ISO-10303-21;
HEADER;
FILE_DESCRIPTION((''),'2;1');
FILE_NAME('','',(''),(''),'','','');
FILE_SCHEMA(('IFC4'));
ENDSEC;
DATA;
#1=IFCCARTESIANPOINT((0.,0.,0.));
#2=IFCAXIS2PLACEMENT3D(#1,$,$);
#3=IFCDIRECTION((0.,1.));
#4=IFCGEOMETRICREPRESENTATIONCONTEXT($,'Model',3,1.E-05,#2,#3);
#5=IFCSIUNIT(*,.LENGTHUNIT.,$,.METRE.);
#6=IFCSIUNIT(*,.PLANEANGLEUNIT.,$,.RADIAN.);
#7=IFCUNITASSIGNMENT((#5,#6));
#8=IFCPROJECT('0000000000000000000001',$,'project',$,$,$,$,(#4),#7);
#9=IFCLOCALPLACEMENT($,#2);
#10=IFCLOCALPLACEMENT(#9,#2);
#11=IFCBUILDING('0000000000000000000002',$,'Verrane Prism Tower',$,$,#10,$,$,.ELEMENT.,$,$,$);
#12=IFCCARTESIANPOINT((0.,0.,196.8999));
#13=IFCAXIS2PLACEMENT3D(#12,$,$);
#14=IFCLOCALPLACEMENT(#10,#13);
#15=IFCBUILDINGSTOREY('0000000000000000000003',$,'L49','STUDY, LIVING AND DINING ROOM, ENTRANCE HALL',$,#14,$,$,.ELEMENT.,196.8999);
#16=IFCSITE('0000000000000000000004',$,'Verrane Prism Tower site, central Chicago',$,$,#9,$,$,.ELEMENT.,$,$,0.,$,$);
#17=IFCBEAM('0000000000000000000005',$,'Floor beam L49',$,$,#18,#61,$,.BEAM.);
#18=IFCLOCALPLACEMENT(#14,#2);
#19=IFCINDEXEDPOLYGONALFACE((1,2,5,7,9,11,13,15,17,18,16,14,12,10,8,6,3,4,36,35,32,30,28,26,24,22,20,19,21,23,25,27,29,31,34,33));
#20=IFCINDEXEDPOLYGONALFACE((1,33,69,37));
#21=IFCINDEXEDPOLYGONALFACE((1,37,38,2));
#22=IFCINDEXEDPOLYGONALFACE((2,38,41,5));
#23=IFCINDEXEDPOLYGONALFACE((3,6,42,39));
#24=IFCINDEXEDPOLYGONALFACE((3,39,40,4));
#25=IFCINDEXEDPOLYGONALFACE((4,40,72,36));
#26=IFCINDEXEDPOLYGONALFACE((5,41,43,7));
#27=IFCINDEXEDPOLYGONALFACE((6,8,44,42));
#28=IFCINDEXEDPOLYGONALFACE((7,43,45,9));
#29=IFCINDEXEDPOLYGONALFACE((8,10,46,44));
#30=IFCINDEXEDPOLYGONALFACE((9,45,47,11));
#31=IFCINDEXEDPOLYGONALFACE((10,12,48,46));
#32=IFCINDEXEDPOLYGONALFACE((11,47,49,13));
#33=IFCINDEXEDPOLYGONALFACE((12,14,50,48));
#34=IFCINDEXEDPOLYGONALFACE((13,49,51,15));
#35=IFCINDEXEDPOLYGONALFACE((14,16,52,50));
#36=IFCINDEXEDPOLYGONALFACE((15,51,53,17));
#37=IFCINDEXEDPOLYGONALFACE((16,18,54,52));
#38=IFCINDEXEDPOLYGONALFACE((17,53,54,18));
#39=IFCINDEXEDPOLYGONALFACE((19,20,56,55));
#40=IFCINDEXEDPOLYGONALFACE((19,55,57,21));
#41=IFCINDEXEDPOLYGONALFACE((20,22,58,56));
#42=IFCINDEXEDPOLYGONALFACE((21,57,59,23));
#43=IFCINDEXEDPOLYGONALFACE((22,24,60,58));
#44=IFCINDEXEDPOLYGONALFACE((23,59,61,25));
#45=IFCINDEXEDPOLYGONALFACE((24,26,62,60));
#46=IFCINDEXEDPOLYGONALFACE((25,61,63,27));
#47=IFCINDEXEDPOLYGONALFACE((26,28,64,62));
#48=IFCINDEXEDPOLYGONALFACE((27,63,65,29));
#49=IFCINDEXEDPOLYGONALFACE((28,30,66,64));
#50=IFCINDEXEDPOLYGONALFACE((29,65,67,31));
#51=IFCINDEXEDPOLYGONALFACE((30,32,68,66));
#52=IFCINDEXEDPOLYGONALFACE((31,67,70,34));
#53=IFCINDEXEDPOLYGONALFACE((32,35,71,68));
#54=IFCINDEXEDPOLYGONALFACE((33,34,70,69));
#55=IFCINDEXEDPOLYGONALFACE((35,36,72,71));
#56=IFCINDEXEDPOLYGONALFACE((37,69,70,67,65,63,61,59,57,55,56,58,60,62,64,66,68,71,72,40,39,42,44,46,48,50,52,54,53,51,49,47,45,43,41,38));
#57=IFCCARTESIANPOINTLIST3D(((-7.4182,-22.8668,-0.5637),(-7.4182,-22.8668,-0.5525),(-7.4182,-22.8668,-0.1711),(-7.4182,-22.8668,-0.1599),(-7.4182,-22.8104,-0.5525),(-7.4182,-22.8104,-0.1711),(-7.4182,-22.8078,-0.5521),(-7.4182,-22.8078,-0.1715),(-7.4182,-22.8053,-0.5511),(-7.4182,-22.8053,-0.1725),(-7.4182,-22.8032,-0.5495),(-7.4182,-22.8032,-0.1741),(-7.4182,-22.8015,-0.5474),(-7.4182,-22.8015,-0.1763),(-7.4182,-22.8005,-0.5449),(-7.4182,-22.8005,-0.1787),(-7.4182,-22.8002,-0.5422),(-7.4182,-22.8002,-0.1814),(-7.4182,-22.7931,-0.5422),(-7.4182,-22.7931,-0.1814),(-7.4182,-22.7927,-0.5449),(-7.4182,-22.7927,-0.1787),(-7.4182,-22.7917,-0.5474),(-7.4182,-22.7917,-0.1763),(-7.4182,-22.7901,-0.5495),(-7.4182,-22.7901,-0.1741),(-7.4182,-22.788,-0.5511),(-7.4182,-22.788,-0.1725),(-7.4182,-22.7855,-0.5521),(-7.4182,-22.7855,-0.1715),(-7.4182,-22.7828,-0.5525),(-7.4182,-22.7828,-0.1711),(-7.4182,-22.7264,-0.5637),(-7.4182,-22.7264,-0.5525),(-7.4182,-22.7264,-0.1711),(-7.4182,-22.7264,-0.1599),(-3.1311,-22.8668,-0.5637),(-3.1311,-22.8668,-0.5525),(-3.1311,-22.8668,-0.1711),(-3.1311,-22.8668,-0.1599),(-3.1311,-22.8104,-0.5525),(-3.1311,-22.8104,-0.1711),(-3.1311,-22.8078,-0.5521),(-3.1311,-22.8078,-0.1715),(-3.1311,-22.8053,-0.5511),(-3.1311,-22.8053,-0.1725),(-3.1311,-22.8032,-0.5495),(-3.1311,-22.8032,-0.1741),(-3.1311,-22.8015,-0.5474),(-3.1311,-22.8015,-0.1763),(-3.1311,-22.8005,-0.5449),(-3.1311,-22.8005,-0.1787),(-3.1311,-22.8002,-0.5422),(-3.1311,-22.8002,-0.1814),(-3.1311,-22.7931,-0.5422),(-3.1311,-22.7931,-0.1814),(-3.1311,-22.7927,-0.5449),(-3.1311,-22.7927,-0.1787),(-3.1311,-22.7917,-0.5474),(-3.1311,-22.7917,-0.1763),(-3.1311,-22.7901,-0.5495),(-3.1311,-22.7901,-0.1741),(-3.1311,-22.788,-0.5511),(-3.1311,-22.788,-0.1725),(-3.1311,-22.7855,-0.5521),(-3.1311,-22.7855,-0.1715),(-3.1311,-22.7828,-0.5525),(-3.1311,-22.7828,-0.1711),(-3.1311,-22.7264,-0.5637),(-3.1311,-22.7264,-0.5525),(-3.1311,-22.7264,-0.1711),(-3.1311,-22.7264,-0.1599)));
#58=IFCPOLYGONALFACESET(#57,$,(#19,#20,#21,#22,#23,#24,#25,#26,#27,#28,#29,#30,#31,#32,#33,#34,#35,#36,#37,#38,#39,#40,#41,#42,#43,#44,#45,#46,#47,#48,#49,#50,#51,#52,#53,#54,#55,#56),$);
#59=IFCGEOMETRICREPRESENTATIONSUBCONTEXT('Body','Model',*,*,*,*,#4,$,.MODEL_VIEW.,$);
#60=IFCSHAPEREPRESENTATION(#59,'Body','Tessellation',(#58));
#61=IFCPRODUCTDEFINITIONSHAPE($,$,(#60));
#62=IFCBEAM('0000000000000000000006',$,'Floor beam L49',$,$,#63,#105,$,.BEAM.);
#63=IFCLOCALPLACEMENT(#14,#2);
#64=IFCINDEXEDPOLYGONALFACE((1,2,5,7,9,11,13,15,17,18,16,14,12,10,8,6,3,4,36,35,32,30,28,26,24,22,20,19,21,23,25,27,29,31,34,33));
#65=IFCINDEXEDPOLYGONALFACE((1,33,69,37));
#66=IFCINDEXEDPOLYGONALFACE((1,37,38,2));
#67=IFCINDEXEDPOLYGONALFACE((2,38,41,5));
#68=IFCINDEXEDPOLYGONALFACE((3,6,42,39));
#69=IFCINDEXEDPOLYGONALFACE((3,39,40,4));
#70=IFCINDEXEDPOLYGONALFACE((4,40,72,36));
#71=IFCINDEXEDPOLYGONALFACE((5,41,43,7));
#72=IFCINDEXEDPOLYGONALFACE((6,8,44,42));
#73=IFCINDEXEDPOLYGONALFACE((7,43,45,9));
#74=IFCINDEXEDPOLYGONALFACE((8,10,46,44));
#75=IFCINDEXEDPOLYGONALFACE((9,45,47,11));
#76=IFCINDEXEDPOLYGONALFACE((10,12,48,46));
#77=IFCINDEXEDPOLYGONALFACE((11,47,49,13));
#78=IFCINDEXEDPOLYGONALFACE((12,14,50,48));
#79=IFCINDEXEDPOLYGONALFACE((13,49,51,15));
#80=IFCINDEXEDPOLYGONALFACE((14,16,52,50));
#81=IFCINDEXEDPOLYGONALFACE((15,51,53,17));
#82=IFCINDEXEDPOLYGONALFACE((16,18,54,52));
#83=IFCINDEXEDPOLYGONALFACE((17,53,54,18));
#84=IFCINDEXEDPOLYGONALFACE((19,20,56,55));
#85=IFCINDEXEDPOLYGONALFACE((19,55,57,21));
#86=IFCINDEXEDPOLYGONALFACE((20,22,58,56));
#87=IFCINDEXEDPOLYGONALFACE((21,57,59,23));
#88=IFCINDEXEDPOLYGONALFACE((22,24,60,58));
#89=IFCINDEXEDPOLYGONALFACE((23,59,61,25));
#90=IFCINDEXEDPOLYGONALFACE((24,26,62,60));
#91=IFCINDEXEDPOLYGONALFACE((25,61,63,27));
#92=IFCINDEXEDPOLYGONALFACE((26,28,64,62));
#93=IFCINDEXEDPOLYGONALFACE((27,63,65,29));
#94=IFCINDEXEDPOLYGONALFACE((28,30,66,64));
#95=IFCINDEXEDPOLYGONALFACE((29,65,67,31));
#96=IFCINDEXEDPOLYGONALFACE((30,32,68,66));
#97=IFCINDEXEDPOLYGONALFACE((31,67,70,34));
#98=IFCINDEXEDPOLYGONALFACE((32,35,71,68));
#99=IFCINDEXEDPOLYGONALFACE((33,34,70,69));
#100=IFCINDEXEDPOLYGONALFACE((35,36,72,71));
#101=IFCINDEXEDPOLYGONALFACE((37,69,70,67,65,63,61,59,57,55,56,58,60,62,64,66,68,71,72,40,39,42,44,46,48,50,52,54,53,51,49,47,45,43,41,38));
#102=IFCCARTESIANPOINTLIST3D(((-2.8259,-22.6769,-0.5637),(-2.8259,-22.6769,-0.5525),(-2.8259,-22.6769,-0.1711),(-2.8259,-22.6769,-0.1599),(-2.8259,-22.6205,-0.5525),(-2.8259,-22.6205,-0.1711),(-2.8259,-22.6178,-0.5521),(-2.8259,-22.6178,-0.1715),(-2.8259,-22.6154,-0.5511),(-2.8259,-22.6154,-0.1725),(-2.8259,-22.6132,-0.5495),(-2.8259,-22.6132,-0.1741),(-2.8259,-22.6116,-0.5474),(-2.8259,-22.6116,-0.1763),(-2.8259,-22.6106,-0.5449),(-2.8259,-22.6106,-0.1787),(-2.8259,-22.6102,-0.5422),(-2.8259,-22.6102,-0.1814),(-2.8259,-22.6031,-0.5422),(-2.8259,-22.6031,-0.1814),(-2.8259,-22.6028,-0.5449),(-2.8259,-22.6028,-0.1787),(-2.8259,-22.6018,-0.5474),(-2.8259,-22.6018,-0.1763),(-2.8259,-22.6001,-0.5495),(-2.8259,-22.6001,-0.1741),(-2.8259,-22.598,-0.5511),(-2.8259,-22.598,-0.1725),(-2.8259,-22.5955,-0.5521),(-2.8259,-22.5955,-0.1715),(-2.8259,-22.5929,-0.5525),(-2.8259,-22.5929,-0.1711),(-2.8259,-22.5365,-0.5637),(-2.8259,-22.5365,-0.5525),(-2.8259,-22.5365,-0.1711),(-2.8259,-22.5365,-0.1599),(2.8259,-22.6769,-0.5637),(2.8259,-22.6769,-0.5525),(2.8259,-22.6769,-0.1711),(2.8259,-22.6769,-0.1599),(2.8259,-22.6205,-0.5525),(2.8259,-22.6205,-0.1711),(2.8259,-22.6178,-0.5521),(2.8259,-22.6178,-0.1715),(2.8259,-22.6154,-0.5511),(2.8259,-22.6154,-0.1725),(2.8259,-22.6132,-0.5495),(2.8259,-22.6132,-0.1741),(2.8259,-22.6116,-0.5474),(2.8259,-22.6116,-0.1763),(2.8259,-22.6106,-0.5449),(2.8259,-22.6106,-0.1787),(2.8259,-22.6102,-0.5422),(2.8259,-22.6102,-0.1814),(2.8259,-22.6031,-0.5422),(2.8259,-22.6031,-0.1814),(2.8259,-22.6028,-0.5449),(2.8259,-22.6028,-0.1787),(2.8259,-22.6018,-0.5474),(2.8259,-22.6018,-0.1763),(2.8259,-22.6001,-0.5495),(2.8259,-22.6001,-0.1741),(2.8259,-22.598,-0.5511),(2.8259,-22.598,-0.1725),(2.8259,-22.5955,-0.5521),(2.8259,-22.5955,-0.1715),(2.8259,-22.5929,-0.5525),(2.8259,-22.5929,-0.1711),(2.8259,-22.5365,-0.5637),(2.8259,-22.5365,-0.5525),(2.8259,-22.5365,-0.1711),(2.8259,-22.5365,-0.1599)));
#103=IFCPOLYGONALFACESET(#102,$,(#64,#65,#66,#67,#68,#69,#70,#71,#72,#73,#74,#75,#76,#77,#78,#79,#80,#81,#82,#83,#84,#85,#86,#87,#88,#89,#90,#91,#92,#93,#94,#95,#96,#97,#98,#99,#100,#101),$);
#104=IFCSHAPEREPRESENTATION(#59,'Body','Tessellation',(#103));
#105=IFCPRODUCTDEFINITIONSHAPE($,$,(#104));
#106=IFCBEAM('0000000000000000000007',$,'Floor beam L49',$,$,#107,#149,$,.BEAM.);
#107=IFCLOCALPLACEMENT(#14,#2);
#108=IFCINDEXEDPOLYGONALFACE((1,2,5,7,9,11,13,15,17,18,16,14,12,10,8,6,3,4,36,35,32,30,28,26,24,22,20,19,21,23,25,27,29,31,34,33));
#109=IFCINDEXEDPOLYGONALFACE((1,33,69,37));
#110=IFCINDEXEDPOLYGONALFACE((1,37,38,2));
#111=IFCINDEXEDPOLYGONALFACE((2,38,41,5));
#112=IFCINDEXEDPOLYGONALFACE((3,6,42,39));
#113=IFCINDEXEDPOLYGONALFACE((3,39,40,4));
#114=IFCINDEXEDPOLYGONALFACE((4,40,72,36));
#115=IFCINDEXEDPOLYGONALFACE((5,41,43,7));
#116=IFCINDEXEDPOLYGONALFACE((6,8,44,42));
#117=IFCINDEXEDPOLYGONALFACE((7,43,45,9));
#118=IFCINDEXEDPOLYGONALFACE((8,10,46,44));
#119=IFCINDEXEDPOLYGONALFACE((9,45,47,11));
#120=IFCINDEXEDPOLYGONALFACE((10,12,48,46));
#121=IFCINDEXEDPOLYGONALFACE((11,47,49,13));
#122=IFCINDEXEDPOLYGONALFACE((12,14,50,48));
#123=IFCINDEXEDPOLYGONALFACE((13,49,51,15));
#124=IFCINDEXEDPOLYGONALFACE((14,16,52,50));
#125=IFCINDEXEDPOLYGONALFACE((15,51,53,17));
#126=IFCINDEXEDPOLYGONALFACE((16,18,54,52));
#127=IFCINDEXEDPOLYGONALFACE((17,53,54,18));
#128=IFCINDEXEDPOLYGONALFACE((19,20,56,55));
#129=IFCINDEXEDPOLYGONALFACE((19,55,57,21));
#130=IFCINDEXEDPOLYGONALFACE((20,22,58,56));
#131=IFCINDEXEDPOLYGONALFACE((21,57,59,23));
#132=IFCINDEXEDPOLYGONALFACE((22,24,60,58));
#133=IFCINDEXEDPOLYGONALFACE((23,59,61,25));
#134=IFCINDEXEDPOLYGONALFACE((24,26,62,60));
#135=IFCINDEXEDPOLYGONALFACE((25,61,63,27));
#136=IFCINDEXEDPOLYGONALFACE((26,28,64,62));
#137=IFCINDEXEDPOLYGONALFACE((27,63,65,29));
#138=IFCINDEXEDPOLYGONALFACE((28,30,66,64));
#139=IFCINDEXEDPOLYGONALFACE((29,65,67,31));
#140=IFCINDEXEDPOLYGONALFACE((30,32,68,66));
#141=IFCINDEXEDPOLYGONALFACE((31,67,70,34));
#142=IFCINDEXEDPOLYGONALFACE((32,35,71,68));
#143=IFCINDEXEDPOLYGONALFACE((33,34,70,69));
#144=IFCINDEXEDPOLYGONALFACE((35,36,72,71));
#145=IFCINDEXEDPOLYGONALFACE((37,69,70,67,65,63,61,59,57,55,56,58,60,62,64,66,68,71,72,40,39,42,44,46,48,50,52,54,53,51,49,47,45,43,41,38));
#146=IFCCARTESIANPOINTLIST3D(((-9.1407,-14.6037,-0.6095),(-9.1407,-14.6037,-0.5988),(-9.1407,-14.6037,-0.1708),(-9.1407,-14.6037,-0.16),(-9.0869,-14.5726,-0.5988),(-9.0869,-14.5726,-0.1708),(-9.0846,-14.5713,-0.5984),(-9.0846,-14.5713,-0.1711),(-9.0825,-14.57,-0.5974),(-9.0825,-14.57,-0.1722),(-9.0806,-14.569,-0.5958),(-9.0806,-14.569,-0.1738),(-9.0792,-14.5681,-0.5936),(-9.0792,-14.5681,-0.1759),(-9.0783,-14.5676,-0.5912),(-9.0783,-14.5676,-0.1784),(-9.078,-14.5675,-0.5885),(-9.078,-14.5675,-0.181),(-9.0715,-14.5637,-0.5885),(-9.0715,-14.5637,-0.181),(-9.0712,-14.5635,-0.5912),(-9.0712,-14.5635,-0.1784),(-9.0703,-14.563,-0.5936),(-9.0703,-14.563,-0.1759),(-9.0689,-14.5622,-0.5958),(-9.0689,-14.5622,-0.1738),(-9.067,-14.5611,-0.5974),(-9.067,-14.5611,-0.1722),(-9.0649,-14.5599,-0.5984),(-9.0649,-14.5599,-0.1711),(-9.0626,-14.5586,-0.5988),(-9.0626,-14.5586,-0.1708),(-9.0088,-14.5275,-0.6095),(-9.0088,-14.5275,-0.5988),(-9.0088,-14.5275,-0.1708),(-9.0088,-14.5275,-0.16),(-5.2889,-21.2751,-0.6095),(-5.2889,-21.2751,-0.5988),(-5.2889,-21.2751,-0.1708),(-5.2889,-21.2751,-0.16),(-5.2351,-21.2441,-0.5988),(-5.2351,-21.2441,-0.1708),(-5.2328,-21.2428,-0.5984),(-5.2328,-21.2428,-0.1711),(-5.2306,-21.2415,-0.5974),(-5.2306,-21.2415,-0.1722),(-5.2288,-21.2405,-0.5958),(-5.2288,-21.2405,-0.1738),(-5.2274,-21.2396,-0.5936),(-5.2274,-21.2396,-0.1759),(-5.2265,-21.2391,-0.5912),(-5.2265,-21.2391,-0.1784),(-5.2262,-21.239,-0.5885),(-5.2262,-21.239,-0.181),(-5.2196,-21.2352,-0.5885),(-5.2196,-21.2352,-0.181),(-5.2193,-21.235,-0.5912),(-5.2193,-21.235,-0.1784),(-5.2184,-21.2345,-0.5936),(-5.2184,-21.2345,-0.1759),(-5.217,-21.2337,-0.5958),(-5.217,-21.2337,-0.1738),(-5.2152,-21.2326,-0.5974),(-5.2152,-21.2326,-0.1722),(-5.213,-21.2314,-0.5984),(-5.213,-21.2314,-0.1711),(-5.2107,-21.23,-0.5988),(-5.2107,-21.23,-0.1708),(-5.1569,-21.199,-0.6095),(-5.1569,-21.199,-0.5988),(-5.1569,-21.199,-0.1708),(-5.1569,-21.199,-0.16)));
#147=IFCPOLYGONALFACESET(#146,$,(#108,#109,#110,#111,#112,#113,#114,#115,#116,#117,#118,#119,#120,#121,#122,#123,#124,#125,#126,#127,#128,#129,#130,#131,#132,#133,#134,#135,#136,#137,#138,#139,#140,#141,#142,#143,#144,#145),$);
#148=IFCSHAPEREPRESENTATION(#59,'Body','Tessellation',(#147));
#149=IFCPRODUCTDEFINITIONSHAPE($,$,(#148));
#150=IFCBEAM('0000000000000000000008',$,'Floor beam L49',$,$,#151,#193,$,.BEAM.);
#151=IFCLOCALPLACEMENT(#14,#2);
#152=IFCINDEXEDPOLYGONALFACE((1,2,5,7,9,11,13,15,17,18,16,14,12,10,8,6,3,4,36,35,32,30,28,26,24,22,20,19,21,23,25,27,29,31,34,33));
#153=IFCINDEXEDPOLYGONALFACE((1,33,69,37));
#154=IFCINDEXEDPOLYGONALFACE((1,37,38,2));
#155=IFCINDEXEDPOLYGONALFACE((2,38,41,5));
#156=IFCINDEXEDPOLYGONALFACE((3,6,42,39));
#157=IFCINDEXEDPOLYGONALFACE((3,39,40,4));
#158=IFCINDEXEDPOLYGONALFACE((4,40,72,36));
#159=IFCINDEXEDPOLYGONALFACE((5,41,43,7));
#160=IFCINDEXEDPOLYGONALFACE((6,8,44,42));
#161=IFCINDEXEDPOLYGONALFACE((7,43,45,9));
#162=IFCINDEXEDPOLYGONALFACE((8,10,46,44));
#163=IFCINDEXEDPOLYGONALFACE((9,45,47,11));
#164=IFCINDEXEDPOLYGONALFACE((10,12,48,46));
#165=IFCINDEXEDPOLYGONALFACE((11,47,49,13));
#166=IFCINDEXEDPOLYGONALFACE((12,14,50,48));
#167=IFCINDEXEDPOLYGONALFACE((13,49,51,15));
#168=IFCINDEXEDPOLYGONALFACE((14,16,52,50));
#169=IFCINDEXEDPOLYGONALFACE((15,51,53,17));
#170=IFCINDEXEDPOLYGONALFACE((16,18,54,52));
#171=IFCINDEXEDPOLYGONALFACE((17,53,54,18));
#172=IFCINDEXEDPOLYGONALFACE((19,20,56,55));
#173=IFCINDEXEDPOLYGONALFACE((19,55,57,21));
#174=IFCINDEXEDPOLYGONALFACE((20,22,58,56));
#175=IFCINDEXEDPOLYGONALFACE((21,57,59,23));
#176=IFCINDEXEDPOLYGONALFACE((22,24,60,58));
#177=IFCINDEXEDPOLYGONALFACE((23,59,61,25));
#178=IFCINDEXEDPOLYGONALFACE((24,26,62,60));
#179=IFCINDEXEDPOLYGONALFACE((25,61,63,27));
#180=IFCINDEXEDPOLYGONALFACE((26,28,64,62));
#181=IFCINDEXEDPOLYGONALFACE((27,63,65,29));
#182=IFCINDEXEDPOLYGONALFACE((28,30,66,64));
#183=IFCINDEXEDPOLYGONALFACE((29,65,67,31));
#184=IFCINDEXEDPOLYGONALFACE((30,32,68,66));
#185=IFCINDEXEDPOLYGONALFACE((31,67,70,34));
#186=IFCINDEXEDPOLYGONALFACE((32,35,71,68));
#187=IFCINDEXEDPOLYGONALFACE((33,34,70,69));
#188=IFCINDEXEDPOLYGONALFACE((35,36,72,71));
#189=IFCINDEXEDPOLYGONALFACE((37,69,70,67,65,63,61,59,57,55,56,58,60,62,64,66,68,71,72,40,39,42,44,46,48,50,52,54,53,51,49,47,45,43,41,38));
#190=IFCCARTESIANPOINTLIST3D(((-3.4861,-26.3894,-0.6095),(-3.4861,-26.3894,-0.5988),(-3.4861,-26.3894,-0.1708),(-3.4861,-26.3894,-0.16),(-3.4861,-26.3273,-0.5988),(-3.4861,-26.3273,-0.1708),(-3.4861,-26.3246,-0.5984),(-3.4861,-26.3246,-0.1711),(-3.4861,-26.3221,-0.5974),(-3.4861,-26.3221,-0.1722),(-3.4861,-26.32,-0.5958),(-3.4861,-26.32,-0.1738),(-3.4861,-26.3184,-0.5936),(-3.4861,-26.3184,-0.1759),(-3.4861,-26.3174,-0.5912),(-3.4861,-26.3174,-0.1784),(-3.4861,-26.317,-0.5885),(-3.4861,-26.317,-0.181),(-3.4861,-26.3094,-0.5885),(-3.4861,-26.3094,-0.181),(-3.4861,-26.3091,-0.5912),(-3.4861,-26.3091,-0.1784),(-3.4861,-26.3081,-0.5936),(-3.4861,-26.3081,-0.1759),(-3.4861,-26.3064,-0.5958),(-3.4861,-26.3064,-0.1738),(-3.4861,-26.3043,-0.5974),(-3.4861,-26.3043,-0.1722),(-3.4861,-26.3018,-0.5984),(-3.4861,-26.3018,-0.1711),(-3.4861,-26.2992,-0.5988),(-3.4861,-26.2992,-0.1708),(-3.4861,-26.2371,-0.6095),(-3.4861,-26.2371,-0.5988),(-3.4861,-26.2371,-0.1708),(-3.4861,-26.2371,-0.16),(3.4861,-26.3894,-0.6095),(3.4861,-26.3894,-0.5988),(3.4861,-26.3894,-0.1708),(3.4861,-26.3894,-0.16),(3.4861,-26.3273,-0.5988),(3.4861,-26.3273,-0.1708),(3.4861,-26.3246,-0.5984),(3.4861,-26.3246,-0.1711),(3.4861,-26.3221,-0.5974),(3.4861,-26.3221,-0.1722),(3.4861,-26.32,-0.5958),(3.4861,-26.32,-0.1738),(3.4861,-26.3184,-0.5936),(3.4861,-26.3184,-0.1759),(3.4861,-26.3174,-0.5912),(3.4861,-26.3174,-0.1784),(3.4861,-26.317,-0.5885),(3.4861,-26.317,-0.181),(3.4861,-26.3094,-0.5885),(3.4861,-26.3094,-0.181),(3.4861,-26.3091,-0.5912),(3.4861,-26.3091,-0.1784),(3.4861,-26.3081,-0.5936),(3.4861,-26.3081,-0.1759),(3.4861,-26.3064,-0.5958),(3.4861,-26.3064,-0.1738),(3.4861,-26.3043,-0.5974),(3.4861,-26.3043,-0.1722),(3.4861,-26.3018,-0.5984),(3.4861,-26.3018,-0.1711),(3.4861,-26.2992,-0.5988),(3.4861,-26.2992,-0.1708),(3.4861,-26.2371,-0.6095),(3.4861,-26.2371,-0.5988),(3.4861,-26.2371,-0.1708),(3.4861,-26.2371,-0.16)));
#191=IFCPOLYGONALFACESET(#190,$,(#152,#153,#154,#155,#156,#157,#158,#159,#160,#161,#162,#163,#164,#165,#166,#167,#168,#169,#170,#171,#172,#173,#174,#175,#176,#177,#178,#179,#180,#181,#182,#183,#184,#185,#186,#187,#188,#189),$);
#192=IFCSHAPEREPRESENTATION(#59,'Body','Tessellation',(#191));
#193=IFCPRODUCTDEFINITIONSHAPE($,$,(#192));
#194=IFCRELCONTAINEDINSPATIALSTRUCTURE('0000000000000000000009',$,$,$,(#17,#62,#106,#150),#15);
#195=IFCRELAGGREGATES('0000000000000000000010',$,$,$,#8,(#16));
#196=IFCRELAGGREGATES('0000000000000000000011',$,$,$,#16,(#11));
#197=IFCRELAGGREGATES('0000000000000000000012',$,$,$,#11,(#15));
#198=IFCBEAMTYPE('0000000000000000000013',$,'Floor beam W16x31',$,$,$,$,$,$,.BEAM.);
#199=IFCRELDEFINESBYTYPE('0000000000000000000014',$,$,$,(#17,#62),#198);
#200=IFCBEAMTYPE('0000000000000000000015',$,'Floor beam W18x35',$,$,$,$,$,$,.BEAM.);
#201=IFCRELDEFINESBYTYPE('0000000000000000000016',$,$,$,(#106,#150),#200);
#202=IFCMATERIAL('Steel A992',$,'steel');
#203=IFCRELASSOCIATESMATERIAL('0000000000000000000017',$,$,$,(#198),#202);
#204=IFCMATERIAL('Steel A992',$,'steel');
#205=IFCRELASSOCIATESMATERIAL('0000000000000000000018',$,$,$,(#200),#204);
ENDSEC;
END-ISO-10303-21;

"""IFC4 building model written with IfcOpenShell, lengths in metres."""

from ifc_helpers import new_model, si_unit, direction, frame, origin, origin_2d, place, context, subcontext, project, spatial, i_section, extrude, material, material_profile, profile_set, type_object, element, save


model = new_model("IFC4")

# Units and contexts
model_context = context("Model", 3, precision=1e-05, world=origin(), true_north=direction((0.0, 1.0)))
body_context = subcontext(model_context, "Body", "Model", "MODEL_VIEW")
ifc_project = project(units=[si_unit("LENGTHUNIT", "METRE"), si_unit("PLANEANGLEUNIT", "RADIAN")], contexts=[model_context])

# Site, building, storey
site_placement = place(None, origin())
site = spatial("IfcSite", under=ifc_project, at=site_placement, Name="Verrane Prism Tower site, central Chicago", CompositionType="ELEMENT", RefElevation=0.0)
building_placement = place(site_placement, origin())
building = spatial("IfcBuilding", under=site, at=building_placement, Name="Verrane Prism Tower", CompositionType="ELEMENT")
storey_placement = place(building_placement, frame((0.0, 0.0, 196.8999)))
storey = spatial("IfcBuildingStorey", under=building, at=storey_placement, Name="L49", Description="STUDY, LIVING AND DINING ROOM, ENTRANCE HALL", CompositionType="ELEMENT", Elevation=196.8999)

# Beams
ifc_material_1 = material(Name="Steel A992", Category="steel")
ifc_material_profile_1 = material_profile(ifc_material_1, i_section(OverallWidth=0.1404, OverallDepth=0.4038, WebThickness=0.0071, FlangeThickness=0.0112, FilletRadius=0.0103, at=origin_2d()), Name="W16x31")
ifc_profile_set_1 = profile_set([ifc_material_profile_1], Name="Steel A992")
beam_type_1 = type_object("IfcBeamType", Name="Floor beam W16x31", PredefinedType="BEAM", material=ifc_profile_set_1)
beam_1_placement = place(storey_placement, frame((-7.4182, -22.7966, -0.3618), z_axis=(1.0, 0.0, 0.0), x_axis=(0.0, 1.0, 0.0)))
element("IfcBeam", 1, at=beam_1_placement, inside=storey, type_object=beam_type_1, Name="Floor beam L49", PredefinedType="BEAM", context=body_context, shape_type="SweptSolid", body=[
    extrude(i_section(OverallWidth=0.1404, OverallDepth=0.4038, WebThickness=0.0071, FlangeThickness=0.0112, FilletRadius=0.0103, at=origin_2d()), origin(), (0.0, 0.0, 1.0), 4.2871),
])
beam_2_placement = place(storey_placement, frame((-2.8259, -22.6067, -0.3618), z_axis=(1.0, 0.0, 0.0), x_axis=(0.0, 1.0, 0.0)))
element("IfcBeam", 2, at=beam_2_placement, inside=storey, type_object=beam_type_1, Name="Floor beam L49", PredefinedType="BEAM", context=body_context, shape_type="SweptSolid", body=[
    extrude(i_section(OverallWidth=0.1404, OverallDepth=0.4038, WebThickness=0.0071, FlangeThickness=0.0112, FilletRadius=0.0103, at=origin_2d()), origin(), (0.0, 0.0, 1.0), 5.6519),
])
ifc_material_2 = material(Name="Steel A992", Category="steel")
ifc_material_profile_2 = material_profile(ifc_material_2, i_section(OverallWidth=0.1523, OverallDepth=0.4495, WebThickness=0.0076, FlangeThickness=0.0107, FilletRadius=0.0103, at=origin_2d()), Name="W18x35")
ifc_profile_set_2 = profile_set([ifc_material_profile_2], Name="Steel A992")
beam_type_2 = type_object("IfcBeamType", Name="Floor beam W18x35", PredefinedType="BEAM", material=ifc_profile_set_2)
beam_3_placement = place(storey_placement, frame((-5.2229, -21.2371, -0.3848), z_axis=(-0.500008, 0.866021, 0.0), x_axis=(-0.866021, -0.500008, 0.0)))
element("IfcBeam", 3, at=beam_3_placement, inside=storey, type_object=beam_type_2, Name="Floor beam L49", PredefinedType="BEAM", context=body_context, shape_type="SweptSolid", body=[
    extrude(i_section(OverallWidth=0.1523, OverallDepth=0.4495, WebThickness=0.0076, FlangeThickness=0.0107, FilletRadius=0.0103, at=origin_2d()), origin(), (0.0, 0.0, 1.0), 7.7036),
])
beam_4_placement = place(storey_placement, frame((-3.4861, -26.3132, -0.3848), z_axis=(1.0, 0.0, 0.0), x_axis=(0.0, 1.0, 0.0)))
element("IfcBeam", 4, at=beam_4_placement, inside=storey, type_object=beam_type_2, Name="Floor beam L49", PredefinedType="BEAM", context=body_context, shape_type="SweptSolid", body=[
    extrude(i_section(OverallWidth=0.1523, OverallDepth=0.4495, WebThickness=0.0076, FlangeThickness=0.0107, FilletRadius=0.0103, at=origin_2d()), origin(), (0.0, 0.0, 1.0), 6.9722),
])

save(model, "model.ifc")
